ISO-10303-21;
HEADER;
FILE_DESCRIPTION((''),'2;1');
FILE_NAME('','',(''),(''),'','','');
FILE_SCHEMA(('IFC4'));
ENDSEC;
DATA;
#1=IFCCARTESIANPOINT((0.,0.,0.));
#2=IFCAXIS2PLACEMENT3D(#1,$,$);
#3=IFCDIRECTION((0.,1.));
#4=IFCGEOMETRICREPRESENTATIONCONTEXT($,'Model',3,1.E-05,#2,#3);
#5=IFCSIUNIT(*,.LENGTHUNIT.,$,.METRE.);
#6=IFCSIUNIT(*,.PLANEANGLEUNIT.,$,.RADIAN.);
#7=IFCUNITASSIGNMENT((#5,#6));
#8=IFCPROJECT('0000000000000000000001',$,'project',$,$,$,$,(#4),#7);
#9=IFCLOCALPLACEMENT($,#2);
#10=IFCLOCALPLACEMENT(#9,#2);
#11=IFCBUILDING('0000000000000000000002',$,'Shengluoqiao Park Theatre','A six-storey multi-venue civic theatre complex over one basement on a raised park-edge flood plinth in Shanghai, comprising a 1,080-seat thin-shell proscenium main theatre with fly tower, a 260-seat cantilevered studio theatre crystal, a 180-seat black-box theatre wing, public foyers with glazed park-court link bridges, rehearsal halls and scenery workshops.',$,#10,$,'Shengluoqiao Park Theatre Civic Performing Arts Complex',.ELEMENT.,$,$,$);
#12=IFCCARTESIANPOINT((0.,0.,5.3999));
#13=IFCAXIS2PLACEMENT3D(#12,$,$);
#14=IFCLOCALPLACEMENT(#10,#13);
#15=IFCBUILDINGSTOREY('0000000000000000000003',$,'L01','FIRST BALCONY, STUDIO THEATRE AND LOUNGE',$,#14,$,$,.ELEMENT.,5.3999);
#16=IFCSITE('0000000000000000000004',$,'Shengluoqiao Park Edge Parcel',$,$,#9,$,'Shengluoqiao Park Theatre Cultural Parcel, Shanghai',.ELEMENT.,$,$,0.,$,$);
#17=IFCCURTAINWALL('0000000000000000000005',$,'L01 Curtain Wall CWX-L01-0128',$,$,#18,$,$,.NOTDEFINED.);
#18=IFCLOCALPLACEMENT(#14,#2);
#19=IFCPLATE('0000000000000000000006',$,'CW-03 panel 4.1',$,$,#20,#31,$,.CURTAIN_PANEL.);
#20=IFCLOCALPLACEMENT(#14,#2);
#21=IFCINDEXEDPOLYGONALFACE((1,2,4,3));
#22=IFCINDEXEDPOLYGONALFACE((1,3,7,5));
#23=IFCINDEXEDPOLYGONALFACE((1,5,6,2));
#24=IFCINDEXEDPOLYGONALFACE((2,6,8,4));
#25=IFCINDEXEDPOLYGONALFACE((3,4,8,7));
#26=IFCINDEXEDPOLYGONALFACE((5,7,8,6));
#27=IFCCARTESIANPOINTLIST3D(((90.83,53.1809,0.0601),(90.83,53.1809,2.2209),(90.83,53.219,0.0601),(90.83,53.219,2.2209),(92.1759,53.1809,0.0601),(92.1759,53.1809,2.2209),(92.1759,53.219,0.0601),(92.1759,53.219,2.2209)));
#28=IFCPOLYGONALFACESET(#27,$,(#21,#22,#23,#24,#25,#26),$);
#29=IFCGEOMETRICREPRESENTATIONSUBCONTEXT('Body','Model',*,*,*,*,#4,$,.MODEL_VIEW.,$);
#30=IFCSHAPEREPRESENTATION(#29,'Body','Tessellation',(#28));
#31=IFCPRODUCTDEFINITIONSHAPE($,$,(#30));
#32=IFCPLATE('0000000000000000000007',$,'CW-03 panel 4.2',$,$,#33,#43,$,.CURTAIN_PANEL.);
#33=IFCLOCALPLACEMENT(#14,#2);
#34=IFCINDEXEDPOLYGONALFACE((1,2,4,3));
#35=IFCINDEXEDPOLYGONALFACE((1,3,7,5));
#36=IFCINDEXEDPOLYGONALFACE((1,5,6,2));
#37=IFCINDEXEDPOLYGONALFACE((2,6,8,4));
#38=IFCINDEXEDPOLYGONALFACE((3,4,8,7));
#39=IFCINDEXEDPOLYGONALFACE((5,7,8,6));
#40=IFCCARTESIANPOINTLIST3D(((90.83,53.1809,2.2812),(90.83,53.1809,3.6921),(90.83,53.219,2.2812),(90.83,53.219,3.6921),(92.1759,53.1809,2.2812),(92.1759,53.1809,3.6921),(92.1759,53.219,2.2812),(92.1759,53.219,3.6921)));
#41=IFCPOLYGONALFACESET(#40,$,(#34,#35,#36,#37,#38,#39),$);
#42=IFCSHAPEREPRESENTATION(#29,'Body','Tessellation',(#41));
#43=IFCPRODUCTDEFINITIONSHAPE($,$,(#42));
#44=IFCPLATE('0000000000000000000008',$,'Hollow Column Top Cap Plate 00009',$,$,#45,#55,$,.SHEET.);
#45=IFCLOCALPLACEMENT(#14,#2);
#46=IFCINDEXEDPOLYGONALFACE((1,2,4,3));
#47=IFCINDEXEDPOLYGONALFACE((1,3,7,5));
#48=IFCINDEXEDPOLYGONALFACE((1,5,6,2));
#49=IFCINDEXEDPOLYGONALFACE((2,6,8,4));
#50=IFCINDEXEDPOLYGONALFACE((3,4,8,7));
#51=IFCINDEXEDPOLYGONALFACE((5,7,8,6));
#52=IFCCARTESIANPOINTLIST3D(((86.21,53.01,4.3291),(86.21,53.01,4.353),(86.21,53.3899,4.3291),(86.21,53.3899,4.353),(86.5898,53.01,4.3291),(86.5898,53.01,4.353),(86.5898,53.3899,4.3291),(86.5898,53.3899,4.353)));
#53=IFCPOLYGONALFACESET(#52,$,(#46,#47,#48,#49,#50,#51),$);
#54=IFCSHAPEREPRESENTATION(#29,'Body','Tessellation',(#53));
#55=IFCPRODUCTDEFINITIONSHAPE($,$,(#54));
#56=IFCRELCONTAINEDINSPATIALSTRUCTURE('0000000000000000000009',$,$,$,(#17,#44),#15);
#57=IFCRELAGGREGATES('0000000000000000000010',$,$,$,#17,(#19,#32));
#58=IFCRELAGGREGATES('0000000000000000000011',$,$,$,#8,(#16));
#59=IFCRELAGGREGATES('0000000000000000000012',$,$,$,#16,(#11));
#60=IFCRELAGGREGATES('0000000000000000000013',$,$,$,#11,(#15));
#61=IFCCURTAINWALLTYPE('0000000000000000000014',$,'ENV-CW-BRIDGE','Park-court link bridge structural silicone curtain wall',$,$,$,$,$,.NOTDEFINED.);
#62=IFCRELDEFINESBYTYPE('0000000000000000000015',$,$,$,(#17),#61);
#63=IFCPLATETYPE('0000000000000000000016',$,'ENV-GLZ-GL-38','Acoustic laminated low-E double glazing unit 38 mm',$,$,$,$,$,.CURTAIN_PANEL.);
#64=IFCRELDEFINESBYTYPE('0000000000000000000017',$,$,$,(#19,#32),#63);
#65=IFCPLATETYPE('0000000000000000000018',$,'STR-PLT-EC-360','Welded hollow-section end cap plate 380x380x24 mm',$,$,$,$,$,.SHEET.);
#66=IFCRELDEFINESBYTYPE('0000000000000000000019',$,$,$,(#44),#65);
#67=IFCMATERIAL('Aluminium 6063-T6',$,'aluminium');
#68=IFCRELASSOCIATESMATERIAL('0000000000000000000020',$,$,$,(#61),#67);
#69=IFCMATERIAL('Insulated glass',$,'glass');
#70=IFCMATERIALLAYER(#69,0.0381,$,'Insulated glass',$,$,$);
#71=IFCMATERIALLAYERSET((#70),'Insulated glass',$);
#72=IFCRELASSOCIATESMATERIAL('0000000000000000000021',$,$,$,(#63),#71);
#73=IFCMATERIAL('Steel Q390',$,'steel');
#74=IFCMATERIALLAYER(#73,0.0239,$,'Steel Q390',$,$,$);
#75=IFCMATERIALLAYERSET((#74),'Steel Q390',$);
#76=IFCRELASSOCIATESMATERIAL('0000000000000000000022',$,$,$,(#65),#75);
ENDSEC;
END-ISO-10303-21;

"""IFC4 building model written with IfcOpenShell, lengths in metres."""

from ifc_helpers import new_model, si_unit, direction, frame, origin, origin_2d, place, context, subcontext, project, spatial, rectangle, extrude, material, layer, layer_set, type_object, element, aggregate, save


model = new_model("IFC4")

# Units and contexts
model_context = context("Model", 3, precision=1e-05, world=origin(), true_north=direction((0.0, 1.0)))
body_context = subcontext(model_context, "Body", "Model", "MODEL_VIEW")
ifc_project = project(units=[si_unit("LENGTHUNIT", "METRE"), si_unit("PLANEANGLEUNIT", "RADIAN")], contexts=[model_context])

# Site, building, storey
site_placement = place(None, origin())
site = spatial("IfcSite", under=ifc_project, at=site_placement, Name="Shengluoqiao Park Edge Parcel", LongName="Shengluoqiao Park Theatre Cultural Parcel, Shanghai", CompositionType="ELEMENT", RefElevation=0.0)
building_placement = place(site_placement, origin())
building = spatial("IfcBuilding", under=site, at=building_placement, Name="Shengluoqiao Park Theatre", Description="A six-storey multi-venue civic theatre complex over one basement on a raised park-edge flood plinth in Shanghai, comprising a 1,080-seat thin-shell proscenium main theatre with fly tower, a 260-seat cantilevered studio theatre crystal, a 180-seat black-box theatre wing, public foyers with glazed park-court link bridges, rehearsal halls and scenery workshops.", LongName="Shengluoqiao Park Theatre Civic Performing Arts Complex", CompositionType="ELEMENT")
storey_placement = place(building_placement, frame((0.0, 0.0, 5.3999)))
storey = spatial("IfcBuildingStorey", under=building, at=storey_placement, Name="L01", Description="FIRST BALCONY, STUDIO THEATRE AND LOUNGE", CompositionType="ELEMENT", Elevation=5.3999)

# Shared definitions
ifc_material_1 = material(Name="Aluminium 6063-T6", Category="aluminium")
curtain_wall_type = type_object("IfcCurtainWallType", Name="ENV-CW-BRIDGE", Description="Park-court link bridge structural silicone curtain wall", PredefinedType="NOTDEFINED", material=ifc_material_1)

# Curtain wall
curtain_wall_1_placement = place(storey_placement, origin())
curtain_wall_1 = element("IfcCurtainWall", 1, at=curtain_wall_1_placement, inside=storey, type_object=curtain_wall_type, Name="L01 Curtain Wall CWX-L01-0128", PredefinedType="NOTDEFINED")

# Plates
ifc_material_2 = material(Name="Insulated glass", Category="glass")
ifc_layer_1 = layer(ifc_material_2, 0.0381, Name="Insulated glass")
ifc_layer_set_1 = layer_set([ifc_layer_1], Name="Insulated glass")
plate_type_1 = type_object("IfcPlateType", Name="ENV-GLZ-GL-38", Description="Acoustic laminated low-E double glazing unit 38 mm", PredefinedType="CURTAIN_PANEL", material=ifc_layer_set_1)
plate_1_placement = place(storey_placement, frame((91.5029, 53.2, 0.0601), z_axis=(0.0, 0.0, 1.0), x_axis=(1.0, 0.0, 0.0)))
plate_1 = element("IfcPlate", 2, at=plate_1_placement, type_object=plate_type_1, Name="CW-03 panel 4.1", PredefinedType="CURTAIN_PANEL", context=body_context, shape_type="SweptSolid", body=[
    extrude(rectangle(XDim=1.3459, YDim=0.0381, at=origin_2d()), origin(), (0.0, 0.0, 1.0), 2.1609),
])
plate_2_placement = place(storey_placement, frame((91.5029, 53.2, 2.2812), z_axis=(0.0, 0.0, 1.0), x_axis=(1.0, 0.0, 0.0)))
plate_2 = element("IfcPlate", 3, at=plate_2_placement, type_object=plate_type_1, Name="CW-03 panel 4.2", PredefinedType="CURTAIN_PANEL", context=body_context, shape_type="SweptSolid", body=[
    extrude(rectangle(XDim=1.3459, YDim=0.0381, at=origin_2d()), origin(), (0.0, 0.0, 1.0), 1.4109),
])
aggregate(curtain_wall_1, [plate_1, plate_2])
ifc_material_3 = material(Name="Steel Q390", Category="steel")
ifc_layer_2 = layer(ifc_material_3, 0.0239, Name="Steel Q390")
ifc_layer_set_2 = layer_set([ifc_layer_2], Name="Steel Q390")
plate_type_2 = type_object("IfcPlateType", Name="STR-PLT-EC-360", Description="Welded hollow-section end cap plate 380x380x24 mm", PredefinedType="SHEET", material=ifc_layer_set_2)
plate_3_placement = place(storey_placement, frame((86.3999, 53.2, 4.3291), z_axis=(0.0, 0.0, 1.0), x_axis=(1.0, 0.0, 0.0)))
element("IfcPlate", 4, at=plate_3_placement, inside=storey, type_object=plate_type_2, Name="Hollow Column Top Cap Plate 00009", PredefinedType="SHEET", context=body_context, shape_type="SweptSolid", body=[
    extrude(rectangle(XDim=0.3799, YDim=0.3799, at=origin_2d()), origin(), (0.0, 0.0, 1.0), 0.0239),
])

save(model, "model.ifc")
